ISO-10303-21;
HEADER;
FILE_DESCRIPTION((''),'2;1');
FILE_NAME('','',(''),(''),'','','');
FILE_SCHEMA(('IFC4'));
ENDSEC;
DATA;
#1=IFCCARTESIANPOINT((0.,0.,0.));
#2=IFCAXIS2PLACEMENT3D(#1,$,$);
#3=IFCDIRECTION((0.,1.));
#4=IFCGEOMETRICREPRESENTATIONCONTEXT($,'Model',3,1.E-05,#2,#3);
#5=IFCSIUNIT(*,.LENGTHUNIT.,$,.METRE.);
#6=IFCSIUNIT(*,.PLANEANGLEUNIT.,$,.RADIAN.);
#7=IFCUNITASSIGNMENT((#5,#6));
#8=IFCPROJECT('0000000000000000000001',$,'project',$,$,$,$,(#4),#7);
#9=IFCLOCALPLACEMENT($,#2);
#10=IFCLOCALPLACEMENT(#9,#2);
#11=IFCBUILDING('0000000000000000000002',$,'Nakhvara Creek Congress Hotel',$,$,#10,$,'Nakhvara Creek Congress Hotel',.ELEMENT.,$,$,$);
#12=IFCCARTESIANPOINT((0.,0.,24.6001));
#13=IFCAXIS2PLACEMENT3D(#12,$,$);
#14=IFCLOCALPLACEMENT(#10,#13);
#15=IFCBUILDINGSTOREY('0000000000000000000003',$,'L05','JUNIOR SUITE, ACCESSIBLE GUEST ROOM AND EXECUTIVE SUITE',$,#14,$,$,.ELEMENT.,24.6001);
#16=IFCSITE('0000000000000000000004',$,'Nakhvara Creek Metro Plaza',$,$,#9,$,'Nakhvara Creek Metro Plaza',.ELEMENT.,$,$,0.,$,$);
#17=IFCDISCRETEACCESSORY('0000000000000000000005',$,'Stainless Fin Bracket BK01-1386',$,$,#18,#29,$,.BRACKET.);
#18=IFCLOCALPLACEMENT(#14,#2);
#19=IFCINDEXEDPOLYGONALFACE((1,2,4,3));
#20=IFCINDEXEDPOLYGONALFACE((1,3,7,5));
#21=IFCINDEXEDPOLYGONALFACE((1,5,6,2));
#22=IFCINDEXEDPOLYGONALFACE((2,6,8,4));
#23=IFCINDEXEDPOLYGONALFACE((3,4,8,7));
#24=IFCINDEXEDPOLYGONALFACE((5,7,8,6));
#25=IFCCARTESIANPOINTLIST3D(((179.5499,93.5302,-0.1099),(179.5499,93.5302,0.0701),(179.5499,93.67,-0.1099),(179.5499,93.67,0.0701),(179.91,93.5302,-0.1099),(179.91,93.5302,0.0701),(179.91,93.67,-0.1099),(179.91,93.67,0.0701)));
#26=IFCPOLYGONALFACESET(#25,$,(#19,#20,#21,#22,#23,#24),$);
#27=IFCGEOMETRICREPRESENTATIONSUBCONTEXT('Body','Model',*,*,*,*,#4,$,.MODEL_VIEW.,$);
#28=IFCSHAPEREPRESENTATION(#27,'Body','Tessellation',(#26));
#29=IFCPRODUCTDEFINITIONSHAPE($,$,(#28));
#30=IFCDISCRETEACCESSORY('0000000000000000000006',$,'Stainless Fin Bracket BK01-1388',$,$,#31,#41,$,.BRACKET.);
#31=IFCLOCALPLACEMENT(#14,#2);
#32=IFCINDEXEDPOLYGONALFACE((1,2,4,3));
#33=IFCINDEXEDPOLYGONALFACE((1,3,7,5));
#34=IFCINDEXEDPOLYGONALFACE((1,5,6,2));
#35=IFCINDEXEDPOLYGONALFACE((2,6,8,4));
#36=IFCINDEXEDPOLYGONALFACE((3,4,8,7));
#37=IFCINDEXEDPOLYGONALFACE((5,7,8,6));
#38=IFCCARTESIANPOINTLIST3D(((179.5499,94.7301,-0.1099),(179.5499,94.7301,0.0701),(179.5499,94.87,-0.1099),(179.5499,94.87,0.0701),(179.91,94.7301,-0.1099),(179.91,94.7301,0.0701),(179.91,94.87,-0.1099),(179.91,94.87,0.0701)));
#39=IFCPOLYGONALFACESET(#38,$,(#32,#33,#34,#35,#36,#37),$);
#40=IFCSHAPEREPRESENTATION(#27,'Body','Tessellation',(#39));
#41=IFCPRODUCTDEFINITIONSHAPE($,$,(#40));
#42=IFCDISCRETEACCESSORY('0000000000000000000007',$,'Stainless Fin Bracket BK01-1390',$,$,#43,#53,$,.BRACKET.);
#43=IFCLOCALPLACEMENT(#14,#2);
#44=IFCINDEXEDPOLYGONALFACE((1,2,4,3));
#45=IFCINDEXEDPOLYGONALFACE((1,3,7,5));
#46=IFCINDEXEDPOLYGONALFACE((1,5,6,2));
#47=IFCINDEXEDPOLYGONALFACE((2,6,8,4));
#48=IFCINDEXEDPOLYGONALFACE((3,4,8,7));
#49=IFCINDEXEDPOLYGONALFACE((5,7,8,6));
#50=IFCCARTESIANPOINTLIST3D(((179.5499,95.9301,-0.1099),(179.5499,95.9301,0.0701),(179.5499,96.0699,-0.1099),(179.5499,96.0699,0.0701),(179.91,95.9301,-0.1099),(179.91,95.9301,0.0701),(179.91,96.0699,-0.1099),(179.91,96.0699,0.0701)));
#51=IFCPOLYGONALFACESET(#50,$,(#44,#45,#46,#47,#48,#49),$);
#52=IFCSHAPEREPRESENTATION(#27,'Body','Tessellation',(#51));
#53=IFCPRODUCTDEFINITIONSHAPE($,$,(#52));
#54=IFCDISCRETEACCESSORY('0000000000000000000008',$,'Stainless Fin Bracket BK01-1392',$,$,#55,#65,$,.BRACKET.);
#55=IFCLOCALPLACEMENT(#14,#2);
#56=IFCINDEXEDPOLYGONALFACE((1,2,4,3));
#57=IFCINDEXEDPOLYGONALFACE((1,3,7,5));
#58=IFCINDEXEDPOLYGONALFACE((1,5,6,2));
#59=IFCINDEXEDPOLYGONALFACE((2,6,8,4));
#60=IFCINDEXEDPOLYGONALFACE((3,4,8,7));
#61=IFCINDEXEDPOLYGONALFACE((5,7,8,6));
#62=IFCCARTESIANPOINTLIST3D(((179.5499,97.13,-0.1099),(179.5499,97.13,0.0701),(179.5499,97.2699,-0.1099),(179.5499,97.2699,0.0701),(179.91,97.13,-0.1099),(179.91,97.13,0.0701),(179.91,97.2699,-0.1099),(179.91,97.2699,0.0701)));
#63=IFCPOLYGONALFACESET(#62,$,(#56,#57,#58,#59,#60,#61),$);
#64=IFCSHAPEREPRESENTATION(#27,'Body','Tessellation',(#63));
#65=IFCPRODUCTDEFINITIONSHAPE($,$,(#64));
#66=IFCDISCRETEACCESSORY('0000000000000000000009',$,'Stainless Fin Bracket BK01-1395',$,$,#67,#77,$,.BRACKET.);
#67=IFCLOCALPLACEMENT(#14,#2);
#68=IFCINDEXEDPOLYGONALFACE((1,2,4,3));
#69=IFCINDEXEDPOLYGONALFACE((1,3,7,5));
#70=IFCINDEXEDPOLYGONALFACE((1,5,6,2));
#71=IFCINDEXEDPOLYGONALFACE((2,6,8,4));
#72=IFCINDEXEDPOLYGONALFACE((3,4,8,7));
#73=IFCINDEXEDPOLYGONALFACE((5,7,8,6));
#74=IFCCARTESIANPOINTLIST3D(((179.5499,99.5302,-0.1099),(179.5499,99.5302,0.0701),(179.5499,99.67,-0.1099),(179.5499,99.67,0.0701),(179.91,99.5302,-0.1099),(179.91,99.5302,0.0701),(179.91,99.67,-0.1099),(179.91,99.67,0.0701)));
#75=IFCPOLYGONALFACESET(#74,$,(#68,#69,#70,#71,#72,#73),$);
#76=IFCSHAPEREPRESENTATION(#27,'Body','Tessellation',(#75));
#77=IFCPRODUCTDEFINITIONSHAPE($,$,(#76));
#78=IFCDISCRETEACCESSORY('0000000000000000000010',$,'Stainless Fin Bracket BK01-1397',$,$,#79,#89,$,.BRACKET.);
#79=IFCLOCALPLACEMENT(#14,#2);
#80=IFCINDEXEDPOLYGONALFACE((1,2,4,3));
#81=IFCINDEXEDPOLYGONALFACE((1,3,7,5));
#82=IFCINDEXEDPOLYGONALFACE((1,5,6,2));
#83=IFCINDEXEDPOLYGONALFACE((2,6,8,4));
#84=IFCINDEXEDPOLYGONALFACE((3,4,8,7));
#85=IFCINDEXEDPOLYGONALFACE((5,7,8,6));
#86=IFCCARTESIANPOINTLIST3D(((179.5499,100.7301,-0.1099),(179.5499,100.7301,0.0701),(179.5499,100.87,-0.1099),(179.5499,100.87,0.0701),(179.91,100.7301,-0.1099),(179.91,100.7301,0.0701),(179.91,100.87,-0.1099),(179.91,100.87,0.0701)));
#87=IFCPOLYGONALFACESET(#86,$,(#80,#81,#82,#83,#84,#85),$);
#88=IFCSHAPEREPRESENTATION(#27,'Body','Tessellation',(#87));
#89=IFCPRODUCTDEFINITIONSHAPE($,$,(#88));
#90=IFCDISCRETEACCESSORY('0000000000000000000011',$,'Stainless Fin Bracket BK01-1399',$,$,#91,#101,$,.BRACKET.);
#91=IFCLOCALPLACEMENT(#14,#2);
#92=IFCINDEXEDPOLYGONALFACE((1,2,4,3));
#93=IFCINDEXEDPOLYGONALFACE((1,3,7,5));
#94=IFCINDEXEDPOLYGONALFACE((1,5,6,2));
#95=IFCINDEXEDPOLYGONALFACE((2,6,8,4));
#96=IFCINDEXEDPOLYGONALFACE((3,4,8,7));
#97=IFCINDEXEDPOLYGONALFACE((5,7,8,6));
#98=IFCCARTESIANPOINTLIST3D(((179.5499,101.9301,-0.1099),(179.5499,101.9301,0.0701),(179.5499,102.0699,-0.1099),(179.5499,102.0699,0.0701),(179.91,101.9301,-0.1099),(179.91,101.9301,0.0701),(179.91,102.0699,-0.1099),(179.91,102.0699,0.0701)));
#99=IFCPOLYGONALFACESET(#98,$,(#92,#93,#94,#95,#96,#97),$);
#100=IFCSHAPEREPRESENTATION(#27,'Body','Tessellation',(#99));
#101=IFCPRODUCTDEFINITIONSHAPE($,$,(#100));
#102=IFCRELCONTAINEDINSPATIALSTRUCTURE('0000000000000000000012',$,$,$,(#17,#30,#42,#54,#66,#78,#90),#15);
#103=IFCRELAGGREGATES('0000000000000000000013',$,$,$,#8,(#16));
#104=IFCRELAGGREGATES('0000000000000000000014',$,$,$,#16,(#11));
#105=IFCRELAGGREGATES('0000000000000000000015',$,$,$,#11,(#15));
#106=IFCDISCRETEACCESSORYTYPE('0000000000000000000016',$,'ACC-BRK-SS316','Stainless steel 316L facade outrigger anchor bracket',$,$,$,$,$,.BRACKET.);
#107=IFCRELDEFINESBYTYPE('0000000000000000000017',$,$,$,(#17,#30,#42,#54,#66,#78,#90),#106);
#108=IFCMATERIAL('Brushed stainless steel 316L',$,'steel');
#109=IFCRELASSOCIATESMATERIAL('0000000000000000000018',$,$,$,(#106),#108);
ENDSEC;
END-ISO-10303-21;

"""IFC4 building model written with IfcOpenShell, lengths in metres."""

from ifc_helpers import new_model, si_unit, direction, frame, origin, origin_2d, place, context, subcontext, project, spatial, rectangle, extrude, material, type_object, element, save


model = new_model("IFC4")

# Units and contexts
model_context = context("Model", 3, precision=1e-05, world=origin(), true_north=direction((0.0, 1.0)))
body_context = subcontext(model_context, "Body", "Model", "MODEL_VIEW")
ifc_project = project(units=[si_unit("LENGTHUNIT", "METRE"), si_unit("PLANEANGLEUNIT", "RADIAN")], contexts=[model_context])

# Site, building, storey
site_placement = place(None, origin())
site = spatial("IfcSite", under=ifc_project, at=site_placement, Name="Nakhvara Creek Metro Plaza", LongName="Nakhvara Creek Metro Plaza", CompositionType="ELEMENT", RefElevation=0.0)
building_placement = place(site_placement, origin())
building = spatial("IfcBuilding", under=site, at=building_placement, Name="Nakhvara Creek Congress Hotel", LongName="Nakhvara Creek Congress Hotel", CompositionType="ELEMENT")
storey_placement = place(building_placement, frame((0.0, 0.0, 24.6001)))
storey = spatial("IfcBuildingStorey", under=building, at=storey_placement, Name="L05", Description="JUNIOR SUITE, ACCESSIBLE GUEST ROOM AND EXECUTIVE SUITE", CompositionType="ELEMENT", Elevation=24.6001)

# Discrete accessories
ifc_material_1 = material(Name="Brushed stainless steel 316L", Category="steel")
discrete_accessory_type = type_object("IfcDiscreteAccessoryType", Name="ACC-BRK-SS316", Description="Stainless steel 316L facade outrigger anchor bracket", PredefinedType="BRACKET", material=ifc_material_1)
for number, where, z_axis, x_axis, name in (
    (1, (179.73, 93.6001, -0.1099), (0.0, 0.0, 1.0), (0.0, 1.0, 0.0), "Stainless Fin Bracket BK01-1386"),
    (2, (179.73, 94.8, -0.1099), (0.0, 0.0, 1.0), (0.0, 1.0, 0.0), "Stainless Fin Bracket BK01-1388"),
    (3, (179.73, 96.0, -0.1099), (0.0, 0.0, 1.0), (0.0, 1.0, 0.0), "Stainless Fin Bracket BK01-1390"),
    (4, (179.73, 97.2, -0.1099), (0.0, 0.0, 1.0), (0.0, 1.0, 0.0), "Stainless Fin Bracket BK01-1392"),
    (5, (179.73, 99.6001, -0.1099), (0.0, 0.0, 1.0), (0.0, 1.0, 0.0), "Stainless Fin Bracket BK01-1395"),
    (6, (179.73, 100.8, -0.1099), (0.0, 0.0, 1.0), (0.0, 1.0, 0.0), "Stainless Fin Bracket BK01-1397"),
    (7, (179.73, 102.0, -0.1099), (0.0, 0.0, 1.0), (0.0, 1.0, 0.0), "Stainless Fin Bracket BK01-1399"),
):
    element("IfcDiscreteAccessory", number, at=place(storey_placement, frame(where, z_axis=z_axis, x_axis=x_axis)), inside=storey, type_object=discrete_accessory_type, Name=name, PredefinedType="BRACKET", context=body_context, shape_type="SweptSolid", body=[
        extrude(rectangle(XDim=0.1399, YDim=0.3601, at=origin_2d()), origin(), (0.0, 0.0, 1.0), 0.1799),
    ])

save(model, "model.ifc")
